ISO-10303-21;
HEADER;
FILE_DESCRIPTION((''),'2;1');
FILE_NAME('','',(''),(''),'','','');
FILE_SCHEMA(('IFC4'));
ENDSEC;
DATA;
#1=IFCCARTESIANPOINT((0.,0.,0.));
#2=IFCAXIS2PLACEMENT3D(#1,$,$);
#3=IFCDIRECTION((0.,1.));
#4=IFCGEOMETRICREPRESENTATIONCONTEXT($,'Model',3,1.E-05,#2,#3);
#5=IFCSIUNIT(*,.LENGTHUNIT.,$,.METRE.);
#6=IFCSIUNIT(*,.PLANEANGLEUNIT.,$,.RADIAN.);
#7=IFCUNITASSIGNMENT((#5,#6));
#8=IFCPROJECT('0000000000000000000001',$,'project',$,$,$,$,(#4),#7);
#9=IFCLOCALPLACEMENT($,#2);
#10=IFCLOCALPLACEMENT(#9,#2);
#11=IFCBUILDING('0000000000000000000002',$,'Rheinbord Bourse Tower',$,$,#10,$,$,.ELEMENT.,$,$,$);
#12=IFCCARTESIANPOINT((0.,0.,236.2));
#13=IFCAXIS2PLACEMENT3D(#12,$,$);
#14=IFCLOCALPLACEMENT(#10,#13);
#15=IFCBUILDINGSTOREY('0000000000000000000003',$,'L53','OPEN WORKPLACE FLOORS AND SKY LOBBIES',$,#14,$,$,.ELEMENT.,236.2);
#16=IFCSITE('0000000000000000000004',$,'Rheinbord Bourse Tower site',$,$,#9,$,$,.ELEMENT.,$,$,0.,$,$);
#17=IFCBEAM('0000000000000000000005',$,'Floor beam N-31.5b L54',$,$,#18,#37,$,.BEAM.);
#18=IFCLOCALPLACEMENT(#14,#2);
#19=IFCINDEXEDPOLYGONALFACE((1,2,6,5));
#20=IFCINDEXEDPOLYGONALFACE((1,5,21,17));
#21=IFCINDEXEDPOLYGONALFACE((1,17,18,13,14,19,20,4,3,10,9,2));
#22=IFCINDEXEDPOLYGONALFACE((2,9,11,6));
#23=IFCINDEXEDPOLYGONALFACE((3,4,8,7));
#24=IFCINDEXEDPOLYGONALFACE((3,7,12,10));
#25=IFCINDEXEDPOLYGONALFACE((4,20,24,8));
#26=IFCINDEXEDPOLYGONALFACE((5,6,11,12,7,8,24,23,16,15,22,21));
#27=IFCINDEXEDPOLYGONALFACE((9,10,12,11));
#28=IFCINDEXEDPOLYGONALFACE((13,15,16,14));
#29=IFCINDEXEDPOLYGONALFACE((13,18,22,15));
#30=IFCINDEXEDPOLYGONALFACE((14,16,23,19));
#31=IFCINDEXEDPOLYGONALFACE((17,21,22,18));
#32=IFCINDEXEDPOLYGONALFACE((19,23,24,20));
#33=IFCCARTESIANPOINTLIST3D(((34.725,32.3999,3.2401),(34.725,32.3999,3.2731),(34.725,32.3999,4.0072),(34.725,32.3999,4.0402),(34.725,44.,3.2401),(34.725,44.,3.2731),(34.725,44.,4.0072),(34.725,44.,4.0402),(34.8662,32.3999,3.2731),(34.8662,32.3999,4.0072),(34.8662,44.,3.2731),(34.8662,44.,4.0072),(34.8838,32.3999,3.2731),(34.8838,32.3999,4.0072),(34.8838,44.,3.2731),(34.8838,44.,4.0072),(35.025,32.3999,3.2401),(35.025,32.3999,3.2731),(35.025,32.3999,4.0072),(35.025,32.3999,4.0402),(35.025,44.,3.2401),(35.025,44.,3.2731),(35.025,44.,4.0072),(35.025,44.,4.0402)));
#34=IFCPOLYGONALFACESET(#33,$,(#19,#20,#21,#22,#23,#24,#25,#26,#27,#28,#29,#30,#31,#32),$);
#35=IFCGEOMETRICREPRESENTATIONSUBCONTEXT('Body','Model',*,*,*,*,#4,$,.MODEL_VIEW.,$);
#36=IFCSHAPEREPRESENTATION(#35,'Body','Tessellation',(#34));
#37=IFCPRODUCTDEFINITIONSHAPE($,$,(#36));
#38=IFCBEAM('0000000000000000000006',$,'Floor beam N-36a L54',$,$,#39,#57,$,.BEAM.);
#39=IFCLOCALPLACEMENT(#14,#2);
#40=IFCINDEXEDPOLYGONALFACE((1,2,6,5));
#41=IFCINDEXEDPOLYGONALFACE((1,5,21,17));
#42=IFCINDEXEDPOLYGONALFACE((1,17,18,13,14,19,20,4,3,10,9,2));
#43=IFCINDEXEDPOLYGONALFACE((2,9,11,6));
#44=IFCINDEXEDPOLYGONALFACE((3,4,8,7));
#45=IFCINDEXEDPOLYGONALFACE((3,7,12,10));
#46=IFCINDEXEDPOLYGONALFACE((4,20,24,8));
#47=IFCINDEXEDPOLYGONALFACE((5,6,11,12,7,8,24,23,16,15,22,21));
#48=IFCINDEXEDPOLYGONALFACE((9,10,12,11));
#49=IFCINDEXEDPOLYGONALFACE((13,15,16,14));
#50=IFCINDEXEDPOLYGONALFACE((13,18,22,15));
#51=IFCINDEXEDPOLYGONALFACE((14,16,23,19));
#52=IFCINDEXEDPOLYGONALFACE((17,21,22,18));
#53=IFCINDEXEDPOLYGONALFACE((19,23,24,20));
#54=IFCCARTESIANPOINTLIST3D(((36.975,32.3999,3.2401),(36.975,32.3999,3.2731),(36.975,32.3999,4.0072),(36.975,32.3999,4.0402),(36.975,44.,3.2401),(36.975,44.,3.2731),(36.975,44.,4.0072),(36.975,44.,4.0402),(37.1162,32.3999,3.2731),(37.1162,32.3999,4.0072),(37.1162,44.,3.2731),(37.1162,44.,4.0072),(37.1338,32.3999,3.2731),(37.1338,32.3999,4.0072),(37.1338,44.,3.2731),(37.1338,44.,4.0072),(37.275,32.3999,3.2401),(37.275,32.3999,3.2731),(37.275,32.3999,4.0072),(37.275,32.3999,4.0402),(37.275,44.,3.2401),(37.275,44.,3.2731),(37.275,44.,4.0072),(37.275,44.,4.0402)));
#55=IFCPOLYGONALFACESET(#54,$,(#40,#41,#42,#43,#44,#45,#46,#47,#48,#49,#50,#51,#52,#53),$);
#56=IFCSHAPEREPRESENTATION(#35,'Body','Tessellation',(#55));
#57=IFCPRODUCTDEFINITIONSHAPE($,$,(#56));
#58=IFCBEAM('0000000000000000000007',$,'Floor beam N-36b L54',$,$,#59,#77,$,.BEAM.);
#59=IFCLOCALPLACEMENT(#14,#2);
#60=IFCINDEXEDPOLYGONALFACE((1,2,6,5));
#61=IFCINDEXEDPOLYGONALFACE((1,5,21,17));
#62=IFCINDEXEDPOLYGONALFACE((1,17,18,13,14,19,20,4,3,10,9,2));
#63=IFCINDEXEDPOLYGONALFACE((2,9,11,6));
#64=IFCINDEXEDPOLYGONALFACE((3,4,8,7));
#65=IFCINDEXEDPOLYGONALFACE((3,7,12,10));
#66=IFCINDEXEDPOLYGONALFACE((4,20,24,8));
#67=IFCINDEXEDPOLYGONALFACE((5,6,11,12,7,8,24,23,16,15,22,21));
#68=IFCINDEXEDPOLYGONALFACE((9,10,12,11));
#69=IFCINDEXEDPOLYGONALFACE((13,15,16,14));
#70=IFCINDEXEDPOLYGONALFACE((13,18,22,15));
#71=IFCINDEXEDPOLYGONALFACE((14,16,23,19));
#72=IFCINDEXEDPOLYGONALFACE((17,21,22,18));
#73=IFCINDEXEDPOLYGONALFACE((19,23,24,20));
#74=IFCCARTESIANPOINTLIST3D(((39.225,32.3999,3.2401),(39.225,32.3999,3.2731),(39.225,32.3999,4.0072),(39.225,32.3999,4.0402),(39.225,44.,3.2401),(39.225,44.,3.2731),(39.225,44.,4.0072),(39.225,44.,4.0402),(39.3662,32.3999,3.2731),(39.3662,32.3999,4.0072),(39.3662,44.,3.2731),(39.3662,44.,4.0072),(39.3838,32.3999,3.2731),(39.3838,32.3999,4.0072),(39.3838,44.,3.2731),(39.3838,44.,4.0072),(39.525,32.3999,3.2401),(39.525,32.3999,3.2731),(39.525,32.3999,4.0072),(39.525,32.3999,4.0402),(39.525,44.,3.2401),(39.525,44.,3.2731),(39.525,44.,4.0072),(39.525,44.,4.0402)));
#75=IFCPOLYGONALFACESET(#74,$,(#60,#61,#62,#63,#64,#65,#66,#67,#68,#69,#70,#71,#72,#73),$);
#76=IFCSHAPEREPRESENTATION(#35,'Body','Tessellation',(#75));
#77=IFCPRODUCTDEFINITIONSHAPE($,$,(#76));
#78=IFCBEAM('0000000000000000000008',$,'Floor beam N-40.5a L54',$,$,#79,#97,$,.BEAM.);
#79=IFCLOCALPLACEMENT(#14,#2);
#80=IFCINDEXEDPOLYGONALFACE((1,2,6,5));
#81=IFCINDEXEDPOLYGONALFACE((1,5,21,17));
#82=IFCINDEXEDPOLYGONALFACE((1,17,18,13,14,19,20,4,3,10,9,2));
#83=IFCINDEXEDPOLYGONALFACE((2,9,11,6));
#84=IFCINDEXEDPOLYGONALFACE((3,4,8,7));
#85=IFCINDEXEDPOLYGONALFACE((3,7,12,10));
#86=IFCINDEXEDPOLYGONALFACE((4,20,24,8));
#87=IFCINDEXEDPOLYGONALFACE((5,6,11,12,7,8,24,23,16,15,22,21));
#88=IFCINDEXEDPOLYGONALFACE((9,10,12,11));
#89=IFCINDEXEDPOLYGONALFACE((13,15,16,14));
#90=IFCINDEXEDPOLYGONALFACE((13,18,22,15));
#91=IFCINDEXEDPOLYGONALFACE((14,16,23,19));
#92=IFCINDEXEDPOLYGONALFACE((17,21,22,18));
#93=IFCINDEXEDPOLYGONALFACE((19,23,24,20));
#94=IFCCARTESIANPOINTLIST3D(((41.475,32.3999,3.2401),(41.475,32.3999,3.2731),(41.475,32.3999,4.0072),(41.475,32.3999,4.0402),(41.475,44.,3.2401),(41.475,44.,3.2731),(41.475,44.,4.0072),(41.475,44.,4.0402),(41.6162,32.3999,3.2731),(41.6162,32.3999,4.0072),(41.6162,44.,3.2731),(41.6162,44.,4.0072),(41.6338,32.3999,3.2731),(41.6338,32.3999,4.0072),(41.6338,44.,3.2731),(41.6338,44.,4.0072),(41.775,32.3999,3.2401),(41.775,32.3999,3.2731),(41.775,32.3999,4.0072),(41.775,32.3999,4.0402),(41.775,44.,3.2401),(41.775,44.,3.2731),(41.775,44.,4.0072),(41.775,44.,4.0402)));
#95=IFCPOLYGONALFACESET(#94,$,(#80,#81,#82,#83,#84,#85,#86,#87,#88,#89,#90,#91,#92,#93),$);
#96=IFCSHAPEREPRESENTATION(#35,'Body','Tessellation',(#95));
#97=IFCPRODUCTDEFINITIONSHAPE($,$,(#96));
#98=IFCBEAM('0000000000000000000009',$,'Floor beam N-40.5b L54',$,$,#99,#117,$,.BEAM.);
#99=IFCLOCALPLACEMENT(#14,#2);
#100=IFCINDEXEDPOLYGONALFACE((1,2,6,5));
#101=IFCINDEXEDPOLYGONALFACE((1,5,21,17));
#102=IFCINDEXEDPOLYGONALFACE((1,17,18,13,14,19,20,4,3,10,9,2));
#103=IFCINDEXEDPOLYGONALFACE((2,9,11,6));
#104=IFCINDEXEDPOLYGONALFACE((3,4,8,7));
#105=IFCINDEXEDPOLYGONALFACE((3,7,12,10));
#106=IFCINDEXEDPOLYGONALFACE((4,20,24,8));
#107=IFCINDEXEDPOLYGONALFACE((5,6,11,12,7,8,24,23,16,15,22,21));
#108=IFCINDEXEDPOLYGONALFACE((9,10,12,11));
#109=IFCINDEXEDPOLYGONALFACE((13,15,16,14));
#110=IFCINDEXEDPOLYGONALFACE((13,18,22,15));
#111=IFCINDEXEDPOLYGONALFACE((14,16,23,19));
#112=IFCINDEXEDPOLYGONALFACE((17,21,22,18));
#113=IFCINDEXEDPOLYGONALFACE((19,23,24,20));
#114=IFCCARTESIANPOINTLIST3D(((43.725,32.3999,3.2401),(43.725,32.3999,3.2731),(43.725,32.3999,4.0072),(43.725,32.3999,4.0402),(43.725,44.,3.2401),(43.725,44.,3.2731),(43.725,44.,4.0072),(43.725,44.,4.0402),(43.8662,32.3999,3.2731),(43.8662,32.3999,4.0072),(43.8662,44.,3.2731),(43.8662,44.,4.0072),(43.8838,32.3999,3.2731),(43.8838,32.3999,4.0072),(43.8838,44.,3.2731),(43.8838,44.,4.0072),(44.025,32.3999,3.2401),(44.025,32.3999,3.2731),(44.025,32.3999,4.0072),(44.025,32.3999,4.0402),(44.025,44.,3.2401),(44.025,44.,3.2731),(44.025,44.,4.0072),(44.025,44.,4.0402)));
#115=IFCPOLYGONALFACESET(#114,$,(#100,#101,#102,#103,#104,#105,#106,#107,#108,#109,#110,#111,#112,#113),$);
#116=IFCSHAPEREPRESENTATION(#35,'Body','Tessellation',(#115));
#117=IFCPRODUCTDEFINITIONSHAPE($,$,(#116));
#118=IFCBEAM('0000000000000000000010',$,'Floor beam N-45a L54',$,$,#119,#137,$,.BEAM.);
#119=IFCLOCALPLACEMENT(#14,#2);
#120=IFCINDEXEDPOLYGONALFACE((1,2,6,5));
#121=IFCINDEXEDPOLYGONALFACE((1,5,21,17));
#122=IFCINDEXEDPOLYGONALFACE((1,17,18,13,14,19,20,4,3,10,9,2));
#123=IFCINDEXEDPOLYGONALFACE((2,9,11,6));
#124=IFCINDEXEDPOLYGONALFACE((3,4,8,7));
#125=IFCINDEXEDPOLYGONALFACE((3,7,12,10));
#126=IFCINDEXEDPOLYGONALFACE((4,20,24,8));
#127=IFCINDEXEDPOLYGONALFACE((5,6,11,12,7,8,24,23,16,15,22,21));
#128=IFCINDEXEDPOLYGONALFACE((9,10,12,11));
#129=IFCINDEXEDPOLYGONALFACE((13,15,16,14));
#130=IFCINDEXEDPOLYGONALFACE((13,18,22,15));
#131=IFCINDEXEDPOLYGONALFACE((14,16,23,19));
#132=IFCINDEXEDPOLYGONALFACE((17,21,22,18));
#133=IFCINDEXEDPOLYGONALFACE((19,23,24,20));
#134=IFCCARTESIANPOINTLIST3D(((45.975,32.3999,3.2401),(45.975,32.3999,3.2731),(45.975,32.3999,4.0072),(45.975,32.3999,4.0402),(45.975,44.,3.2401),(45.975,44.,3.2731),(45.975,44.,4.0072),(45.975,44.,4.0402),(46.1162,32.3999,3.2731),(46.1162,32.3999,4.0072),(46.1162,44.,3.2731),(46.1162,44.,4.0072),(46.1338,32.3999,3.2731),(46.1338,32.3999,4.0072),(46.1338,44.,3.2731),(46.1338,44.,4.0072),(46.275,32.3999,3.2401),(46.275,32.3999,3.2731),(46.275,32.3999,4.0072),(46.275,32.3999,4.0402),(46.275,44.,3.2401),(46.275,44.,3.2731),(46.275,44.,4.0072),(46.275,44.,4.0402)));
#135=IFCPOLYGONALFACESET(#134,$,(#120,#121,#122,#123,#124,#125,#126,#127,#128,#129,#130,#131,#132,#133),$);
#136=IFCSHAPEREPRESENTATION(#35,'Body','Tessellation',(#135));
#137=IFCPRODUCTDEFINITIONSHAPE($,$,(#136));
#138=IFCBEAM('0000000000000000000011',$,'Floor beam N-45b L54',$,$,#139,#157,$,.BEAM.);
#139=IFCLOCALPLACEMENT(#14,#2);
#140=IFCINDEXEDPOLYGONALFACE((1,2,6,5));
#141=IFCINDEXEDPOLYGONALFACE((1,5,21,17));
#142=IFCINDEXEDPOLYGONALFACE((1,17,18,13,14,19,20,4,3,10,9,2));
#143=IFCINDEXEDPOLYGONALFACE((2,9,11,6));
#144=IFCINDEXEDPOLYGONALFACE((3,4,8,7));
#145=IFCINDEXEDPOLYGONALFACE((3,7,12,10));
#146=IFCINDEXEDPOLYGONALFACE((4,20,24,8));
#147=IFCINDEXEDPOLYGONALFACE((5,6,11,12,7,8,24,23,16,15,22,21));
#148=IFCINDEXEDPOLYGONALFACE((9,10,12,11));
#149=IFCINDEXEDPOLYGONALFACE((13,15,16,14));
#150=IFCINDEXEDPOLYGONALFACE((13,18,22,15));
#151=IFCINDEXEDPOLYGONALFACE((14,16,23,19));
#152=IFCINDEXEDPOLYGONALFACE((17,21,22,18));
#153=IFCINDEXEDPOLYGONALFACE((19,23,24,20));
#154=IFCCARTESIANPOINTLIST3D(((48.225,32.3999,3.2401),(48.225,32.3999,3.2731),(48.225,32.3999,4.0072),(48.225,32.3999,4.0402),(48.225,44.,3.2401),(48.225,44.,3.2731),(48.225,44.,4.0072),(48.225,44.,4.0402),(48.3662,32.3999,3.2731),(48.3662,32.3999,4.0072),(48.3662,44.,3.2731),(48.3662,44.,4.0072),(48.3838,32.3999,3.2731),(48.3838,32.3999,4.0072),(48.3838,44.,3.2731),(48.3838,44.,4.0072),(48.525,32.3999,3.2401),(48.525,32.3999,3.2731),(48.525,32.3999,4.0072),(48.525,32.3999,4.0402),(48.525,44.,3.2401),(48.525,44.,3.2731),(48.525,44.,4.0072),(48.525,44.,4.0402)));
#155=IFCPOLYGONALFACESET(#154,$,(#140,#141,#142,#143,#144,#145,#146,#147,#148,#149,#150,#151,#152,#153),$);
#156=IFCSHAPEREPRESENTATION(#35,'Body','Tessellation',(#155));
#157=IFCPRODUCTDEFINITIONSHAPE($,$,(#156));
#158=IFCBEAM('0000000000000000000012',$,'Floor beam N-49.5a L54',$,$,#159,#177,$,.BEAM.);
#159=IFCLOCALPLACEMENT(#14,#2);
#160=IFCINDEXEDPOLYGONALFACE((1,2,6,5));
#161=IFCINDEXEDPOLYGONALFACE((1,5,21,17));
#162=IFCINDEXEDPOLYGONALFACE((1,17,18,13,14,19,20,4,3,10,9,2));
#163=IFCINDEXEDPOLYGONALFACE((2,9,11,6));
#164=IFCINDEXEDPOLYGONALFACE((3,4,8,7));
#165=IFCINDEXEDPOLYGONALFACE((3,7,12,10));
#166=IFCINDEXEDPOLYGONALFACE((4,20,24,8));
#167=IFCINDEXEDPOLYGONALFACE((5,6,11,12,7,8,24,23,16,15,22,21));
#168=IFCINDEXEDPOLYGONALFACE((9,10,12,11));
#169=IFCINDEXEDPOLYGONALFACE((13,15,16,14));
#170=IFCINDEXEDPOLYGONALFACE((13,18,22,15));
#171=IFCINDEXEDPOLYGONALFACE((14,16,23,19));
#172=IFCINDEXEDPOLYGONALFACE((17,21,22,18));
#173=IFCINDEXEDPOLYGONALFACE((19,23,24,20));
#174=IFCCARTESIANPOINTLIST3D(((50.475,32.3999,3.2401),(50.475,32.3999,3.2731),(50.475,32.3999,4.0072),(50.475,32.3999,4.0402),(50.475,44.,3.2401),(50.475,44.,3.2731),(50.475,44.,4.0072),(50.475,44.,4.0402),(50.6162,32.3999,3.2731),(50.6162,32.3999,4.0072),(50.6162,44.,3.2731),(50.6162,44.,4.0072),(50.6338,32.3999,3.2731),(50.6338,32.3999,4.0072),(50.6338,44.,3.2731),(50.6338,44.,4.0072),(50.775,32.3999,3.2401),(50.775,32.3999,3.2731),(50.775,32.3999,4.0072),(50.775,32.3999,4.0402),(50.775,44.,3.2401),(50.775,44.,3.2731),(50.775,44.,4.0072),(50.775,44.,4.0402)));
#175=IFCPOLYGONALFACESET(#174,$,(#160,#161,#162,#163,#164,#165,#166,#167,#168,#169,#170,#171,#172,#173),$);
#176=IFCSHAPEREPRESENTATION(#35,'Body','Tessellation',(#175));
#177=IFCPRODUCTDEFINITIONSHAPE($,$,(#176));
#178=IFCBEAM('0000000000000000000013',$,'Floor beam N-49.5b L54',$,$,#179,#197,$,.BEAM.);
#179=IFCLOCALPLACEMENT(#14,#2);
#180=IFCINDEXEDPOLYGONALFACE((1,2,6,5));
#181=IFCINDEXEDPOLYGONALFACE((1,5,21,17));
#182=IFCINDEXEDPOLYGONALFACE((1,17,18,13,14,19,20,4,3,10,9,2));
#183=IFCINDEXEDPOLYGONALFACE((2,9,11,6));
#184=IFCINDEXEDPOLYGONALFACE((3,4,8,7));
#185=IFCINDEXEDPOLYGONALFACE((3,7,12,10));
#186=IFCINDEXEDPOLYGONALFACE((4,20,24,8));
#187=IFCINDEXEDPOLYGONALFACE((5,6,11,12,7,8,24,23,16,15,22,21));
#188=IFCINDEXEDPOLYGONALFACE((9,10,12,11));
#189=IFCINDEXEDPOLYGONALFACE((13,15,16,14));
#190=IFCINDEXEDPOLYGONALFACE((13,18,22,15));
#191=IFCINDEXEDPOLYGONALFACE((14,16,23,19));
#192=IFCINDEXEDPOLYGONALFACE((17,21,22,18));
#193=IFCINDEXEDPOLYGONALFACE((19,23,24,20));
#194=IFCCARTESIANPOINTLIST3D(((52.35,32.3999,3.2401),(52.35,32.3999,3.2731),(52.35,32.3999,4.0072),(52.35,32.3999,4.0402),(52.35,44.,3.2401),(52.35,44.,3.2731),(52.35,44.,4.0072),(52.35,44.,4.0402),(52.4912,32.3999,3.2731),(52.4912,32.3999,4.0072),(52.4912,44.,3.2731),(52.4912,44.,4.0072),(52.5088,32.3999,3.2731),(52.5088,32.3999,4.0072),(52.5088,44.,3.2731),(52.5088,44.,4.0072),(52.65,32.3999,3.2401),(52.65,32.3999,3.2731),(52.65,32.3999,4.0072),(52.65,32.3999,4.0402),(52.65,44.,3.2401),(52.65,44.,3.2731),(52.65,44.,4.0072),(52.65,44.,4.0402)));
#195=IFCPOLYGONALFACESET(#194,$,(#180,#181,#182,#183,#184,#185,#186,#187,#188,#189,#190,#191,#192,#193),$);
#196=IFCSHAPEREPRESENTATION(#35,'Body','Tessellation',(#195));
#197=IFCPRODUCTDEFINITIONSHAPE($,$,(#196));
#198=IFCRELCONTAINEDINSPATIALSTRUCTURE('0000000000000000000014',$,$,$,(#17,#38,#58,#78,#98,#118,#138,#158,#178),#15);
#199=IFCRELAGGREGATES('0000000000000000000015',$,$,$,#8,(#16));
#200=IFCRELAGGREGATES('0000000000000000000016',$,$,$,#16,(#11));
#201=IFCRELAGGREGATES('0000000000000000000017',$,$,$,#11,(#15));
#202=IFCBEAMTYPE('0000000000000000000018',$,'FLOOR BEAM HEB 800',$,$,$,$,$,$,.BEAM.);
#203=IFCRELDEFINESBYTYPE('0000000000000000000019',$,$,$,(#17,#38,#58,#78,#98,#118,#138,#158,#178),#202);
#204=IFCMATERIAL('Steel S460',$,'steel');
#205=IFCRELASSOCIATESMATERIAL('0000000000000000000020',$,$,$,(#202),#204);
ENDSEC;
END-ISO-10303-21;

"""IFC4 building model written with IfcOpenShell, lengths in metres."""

from ifc_helpers import new_model, si_unit, direction, frame, origin, origin_2d, place, context, subcontext, project, spatial, i_section, extrude, material, material_profile, profile_set, type_object, element, save


model = new_model("IFC4")

# Units and contexts
model_context = context("Model", 3, precision=1e-05, world=origin(), true_north=direction((0.0, 1.0)))
body_context = subcontext(model_context, "Body", "Model", "MODEL_VIEW")
ifc_project = project(units=[si_unit("LENGTHUNIT", "METRE"), si_unit("PLANEANGLEUNIT", "RADIAN")], contexts=[model_context])

# Site, building, storey
site_placement = place(None, origin())
site = spatial("IfcSite", under=ifc_project, at=site_placement, Name="Rheinbord Bourse Tower site", CompositionType="ELEMENT", RefElevation=0.0)
building_placement = place(site_placement, origin())
building = spatial("IfcBuilding", under=site, at=building_placement, Name="Rheinbord Bourse Tower", CompositionType="ELEMENT")
storey_placement = place(building_placement, frame((0.0, 0.0, 236.2)))
storey = spatial("IfcBuildingStorey", under=building, at=storey_placement, Name="L53", Description="OPEN WORKPLACE FLOORS AND SKY LOBBIES", CompositionType="ELEMENT", Elevation=236.2)

# Beams
ifc_material_1 = material(Name="Steel S460", Category="steel")
ifc_material_profile_1 = material_profile(ifc_material_1, i_section(OverallWidth=0.3, OverallDepth=0.8, WebThickness=0.0176, FlangeThickness=0.033, at=origin_2d()), Name="HEB 800")
ifc_profile_set_1 = profile_set([ifc_material_profile_1], Name="Steel S460")
beam_type_1 = type_object("IfcBeamType", Name="FLOOR BEAM HEB 800", PredefinedType="BEAM", material=ifc_profile_set_1)
for number, where, z_axis, x_axis, name in (
    (1, (34.875, 44.0, 3.6401), (0.0, -1.0, 0.0), (1.0, 0.0, 0.0), "Floor beam N-31.5b L54"),
    (2, (37.125, 44.0, 3.6401), (0.0, -1.0, 0.0), (1.0, 0.0, 0.0), "Floor beam N-36a L54"),
    (3, (39.375, 44.0, 3.6401), (0.0, -1.0, 0.0), (1.0, 0.0, 0.0), "Floor beam N-36b L54"),
    (4, (41.625, 44.0, 3.6401), (0.0, -1.0, 0.0), (1.0, 0.0, 0.0), "Floor beam N-40.5a L54"),
    (5, (43.875, 44.0, 3.6401), (0.0, -1.0, 0.0), (1.0, 0.0, 0.0), "Floor beam N-40.5b L54"),
    (6, (46.125, 44.0, 3.6401), (0.0, -1.0, 0.0), (1.0, 0.0, 0.0), "Floor beam N-45a L54"),
    (7, (48.375, 44.0, 3.6401), (0.0, -1.0, 0.0), (1.0, 0.0, 0.0), "Floor beam N-45b L54"),
    (8, (50.625, 44.0, 3.6401), (0.0, -1.0, 0.0), (1.0, 0.0, 0.0), "Floor beam N-49.5a L54"),
    (9, (52.5, 44.0, 3.6401), (0.0, -1.0, 0.0), (1.0, 0.0, 0.0), "Floor beam N-49.5b L54"),
):
    element("IfcBeam", number, at=place(storey_placement, frame(where, z_axis=z_axis, x_axis=x_axis)), inside=storey, type_object=beam_type_1, Name=name, PredefinedType="BEAM", context=body_context, shape_type="SweptSolid", body=[
        extrude(i_section(OverallWidth=0.3, OverallDepth=0.8, WebThickness=0.0176, FlangeThickness=0.033, at=origin_2d()), origin(), (0.0, 0.0, 1.0), 11.6001),
    ])

save(model, "model.ifc")
